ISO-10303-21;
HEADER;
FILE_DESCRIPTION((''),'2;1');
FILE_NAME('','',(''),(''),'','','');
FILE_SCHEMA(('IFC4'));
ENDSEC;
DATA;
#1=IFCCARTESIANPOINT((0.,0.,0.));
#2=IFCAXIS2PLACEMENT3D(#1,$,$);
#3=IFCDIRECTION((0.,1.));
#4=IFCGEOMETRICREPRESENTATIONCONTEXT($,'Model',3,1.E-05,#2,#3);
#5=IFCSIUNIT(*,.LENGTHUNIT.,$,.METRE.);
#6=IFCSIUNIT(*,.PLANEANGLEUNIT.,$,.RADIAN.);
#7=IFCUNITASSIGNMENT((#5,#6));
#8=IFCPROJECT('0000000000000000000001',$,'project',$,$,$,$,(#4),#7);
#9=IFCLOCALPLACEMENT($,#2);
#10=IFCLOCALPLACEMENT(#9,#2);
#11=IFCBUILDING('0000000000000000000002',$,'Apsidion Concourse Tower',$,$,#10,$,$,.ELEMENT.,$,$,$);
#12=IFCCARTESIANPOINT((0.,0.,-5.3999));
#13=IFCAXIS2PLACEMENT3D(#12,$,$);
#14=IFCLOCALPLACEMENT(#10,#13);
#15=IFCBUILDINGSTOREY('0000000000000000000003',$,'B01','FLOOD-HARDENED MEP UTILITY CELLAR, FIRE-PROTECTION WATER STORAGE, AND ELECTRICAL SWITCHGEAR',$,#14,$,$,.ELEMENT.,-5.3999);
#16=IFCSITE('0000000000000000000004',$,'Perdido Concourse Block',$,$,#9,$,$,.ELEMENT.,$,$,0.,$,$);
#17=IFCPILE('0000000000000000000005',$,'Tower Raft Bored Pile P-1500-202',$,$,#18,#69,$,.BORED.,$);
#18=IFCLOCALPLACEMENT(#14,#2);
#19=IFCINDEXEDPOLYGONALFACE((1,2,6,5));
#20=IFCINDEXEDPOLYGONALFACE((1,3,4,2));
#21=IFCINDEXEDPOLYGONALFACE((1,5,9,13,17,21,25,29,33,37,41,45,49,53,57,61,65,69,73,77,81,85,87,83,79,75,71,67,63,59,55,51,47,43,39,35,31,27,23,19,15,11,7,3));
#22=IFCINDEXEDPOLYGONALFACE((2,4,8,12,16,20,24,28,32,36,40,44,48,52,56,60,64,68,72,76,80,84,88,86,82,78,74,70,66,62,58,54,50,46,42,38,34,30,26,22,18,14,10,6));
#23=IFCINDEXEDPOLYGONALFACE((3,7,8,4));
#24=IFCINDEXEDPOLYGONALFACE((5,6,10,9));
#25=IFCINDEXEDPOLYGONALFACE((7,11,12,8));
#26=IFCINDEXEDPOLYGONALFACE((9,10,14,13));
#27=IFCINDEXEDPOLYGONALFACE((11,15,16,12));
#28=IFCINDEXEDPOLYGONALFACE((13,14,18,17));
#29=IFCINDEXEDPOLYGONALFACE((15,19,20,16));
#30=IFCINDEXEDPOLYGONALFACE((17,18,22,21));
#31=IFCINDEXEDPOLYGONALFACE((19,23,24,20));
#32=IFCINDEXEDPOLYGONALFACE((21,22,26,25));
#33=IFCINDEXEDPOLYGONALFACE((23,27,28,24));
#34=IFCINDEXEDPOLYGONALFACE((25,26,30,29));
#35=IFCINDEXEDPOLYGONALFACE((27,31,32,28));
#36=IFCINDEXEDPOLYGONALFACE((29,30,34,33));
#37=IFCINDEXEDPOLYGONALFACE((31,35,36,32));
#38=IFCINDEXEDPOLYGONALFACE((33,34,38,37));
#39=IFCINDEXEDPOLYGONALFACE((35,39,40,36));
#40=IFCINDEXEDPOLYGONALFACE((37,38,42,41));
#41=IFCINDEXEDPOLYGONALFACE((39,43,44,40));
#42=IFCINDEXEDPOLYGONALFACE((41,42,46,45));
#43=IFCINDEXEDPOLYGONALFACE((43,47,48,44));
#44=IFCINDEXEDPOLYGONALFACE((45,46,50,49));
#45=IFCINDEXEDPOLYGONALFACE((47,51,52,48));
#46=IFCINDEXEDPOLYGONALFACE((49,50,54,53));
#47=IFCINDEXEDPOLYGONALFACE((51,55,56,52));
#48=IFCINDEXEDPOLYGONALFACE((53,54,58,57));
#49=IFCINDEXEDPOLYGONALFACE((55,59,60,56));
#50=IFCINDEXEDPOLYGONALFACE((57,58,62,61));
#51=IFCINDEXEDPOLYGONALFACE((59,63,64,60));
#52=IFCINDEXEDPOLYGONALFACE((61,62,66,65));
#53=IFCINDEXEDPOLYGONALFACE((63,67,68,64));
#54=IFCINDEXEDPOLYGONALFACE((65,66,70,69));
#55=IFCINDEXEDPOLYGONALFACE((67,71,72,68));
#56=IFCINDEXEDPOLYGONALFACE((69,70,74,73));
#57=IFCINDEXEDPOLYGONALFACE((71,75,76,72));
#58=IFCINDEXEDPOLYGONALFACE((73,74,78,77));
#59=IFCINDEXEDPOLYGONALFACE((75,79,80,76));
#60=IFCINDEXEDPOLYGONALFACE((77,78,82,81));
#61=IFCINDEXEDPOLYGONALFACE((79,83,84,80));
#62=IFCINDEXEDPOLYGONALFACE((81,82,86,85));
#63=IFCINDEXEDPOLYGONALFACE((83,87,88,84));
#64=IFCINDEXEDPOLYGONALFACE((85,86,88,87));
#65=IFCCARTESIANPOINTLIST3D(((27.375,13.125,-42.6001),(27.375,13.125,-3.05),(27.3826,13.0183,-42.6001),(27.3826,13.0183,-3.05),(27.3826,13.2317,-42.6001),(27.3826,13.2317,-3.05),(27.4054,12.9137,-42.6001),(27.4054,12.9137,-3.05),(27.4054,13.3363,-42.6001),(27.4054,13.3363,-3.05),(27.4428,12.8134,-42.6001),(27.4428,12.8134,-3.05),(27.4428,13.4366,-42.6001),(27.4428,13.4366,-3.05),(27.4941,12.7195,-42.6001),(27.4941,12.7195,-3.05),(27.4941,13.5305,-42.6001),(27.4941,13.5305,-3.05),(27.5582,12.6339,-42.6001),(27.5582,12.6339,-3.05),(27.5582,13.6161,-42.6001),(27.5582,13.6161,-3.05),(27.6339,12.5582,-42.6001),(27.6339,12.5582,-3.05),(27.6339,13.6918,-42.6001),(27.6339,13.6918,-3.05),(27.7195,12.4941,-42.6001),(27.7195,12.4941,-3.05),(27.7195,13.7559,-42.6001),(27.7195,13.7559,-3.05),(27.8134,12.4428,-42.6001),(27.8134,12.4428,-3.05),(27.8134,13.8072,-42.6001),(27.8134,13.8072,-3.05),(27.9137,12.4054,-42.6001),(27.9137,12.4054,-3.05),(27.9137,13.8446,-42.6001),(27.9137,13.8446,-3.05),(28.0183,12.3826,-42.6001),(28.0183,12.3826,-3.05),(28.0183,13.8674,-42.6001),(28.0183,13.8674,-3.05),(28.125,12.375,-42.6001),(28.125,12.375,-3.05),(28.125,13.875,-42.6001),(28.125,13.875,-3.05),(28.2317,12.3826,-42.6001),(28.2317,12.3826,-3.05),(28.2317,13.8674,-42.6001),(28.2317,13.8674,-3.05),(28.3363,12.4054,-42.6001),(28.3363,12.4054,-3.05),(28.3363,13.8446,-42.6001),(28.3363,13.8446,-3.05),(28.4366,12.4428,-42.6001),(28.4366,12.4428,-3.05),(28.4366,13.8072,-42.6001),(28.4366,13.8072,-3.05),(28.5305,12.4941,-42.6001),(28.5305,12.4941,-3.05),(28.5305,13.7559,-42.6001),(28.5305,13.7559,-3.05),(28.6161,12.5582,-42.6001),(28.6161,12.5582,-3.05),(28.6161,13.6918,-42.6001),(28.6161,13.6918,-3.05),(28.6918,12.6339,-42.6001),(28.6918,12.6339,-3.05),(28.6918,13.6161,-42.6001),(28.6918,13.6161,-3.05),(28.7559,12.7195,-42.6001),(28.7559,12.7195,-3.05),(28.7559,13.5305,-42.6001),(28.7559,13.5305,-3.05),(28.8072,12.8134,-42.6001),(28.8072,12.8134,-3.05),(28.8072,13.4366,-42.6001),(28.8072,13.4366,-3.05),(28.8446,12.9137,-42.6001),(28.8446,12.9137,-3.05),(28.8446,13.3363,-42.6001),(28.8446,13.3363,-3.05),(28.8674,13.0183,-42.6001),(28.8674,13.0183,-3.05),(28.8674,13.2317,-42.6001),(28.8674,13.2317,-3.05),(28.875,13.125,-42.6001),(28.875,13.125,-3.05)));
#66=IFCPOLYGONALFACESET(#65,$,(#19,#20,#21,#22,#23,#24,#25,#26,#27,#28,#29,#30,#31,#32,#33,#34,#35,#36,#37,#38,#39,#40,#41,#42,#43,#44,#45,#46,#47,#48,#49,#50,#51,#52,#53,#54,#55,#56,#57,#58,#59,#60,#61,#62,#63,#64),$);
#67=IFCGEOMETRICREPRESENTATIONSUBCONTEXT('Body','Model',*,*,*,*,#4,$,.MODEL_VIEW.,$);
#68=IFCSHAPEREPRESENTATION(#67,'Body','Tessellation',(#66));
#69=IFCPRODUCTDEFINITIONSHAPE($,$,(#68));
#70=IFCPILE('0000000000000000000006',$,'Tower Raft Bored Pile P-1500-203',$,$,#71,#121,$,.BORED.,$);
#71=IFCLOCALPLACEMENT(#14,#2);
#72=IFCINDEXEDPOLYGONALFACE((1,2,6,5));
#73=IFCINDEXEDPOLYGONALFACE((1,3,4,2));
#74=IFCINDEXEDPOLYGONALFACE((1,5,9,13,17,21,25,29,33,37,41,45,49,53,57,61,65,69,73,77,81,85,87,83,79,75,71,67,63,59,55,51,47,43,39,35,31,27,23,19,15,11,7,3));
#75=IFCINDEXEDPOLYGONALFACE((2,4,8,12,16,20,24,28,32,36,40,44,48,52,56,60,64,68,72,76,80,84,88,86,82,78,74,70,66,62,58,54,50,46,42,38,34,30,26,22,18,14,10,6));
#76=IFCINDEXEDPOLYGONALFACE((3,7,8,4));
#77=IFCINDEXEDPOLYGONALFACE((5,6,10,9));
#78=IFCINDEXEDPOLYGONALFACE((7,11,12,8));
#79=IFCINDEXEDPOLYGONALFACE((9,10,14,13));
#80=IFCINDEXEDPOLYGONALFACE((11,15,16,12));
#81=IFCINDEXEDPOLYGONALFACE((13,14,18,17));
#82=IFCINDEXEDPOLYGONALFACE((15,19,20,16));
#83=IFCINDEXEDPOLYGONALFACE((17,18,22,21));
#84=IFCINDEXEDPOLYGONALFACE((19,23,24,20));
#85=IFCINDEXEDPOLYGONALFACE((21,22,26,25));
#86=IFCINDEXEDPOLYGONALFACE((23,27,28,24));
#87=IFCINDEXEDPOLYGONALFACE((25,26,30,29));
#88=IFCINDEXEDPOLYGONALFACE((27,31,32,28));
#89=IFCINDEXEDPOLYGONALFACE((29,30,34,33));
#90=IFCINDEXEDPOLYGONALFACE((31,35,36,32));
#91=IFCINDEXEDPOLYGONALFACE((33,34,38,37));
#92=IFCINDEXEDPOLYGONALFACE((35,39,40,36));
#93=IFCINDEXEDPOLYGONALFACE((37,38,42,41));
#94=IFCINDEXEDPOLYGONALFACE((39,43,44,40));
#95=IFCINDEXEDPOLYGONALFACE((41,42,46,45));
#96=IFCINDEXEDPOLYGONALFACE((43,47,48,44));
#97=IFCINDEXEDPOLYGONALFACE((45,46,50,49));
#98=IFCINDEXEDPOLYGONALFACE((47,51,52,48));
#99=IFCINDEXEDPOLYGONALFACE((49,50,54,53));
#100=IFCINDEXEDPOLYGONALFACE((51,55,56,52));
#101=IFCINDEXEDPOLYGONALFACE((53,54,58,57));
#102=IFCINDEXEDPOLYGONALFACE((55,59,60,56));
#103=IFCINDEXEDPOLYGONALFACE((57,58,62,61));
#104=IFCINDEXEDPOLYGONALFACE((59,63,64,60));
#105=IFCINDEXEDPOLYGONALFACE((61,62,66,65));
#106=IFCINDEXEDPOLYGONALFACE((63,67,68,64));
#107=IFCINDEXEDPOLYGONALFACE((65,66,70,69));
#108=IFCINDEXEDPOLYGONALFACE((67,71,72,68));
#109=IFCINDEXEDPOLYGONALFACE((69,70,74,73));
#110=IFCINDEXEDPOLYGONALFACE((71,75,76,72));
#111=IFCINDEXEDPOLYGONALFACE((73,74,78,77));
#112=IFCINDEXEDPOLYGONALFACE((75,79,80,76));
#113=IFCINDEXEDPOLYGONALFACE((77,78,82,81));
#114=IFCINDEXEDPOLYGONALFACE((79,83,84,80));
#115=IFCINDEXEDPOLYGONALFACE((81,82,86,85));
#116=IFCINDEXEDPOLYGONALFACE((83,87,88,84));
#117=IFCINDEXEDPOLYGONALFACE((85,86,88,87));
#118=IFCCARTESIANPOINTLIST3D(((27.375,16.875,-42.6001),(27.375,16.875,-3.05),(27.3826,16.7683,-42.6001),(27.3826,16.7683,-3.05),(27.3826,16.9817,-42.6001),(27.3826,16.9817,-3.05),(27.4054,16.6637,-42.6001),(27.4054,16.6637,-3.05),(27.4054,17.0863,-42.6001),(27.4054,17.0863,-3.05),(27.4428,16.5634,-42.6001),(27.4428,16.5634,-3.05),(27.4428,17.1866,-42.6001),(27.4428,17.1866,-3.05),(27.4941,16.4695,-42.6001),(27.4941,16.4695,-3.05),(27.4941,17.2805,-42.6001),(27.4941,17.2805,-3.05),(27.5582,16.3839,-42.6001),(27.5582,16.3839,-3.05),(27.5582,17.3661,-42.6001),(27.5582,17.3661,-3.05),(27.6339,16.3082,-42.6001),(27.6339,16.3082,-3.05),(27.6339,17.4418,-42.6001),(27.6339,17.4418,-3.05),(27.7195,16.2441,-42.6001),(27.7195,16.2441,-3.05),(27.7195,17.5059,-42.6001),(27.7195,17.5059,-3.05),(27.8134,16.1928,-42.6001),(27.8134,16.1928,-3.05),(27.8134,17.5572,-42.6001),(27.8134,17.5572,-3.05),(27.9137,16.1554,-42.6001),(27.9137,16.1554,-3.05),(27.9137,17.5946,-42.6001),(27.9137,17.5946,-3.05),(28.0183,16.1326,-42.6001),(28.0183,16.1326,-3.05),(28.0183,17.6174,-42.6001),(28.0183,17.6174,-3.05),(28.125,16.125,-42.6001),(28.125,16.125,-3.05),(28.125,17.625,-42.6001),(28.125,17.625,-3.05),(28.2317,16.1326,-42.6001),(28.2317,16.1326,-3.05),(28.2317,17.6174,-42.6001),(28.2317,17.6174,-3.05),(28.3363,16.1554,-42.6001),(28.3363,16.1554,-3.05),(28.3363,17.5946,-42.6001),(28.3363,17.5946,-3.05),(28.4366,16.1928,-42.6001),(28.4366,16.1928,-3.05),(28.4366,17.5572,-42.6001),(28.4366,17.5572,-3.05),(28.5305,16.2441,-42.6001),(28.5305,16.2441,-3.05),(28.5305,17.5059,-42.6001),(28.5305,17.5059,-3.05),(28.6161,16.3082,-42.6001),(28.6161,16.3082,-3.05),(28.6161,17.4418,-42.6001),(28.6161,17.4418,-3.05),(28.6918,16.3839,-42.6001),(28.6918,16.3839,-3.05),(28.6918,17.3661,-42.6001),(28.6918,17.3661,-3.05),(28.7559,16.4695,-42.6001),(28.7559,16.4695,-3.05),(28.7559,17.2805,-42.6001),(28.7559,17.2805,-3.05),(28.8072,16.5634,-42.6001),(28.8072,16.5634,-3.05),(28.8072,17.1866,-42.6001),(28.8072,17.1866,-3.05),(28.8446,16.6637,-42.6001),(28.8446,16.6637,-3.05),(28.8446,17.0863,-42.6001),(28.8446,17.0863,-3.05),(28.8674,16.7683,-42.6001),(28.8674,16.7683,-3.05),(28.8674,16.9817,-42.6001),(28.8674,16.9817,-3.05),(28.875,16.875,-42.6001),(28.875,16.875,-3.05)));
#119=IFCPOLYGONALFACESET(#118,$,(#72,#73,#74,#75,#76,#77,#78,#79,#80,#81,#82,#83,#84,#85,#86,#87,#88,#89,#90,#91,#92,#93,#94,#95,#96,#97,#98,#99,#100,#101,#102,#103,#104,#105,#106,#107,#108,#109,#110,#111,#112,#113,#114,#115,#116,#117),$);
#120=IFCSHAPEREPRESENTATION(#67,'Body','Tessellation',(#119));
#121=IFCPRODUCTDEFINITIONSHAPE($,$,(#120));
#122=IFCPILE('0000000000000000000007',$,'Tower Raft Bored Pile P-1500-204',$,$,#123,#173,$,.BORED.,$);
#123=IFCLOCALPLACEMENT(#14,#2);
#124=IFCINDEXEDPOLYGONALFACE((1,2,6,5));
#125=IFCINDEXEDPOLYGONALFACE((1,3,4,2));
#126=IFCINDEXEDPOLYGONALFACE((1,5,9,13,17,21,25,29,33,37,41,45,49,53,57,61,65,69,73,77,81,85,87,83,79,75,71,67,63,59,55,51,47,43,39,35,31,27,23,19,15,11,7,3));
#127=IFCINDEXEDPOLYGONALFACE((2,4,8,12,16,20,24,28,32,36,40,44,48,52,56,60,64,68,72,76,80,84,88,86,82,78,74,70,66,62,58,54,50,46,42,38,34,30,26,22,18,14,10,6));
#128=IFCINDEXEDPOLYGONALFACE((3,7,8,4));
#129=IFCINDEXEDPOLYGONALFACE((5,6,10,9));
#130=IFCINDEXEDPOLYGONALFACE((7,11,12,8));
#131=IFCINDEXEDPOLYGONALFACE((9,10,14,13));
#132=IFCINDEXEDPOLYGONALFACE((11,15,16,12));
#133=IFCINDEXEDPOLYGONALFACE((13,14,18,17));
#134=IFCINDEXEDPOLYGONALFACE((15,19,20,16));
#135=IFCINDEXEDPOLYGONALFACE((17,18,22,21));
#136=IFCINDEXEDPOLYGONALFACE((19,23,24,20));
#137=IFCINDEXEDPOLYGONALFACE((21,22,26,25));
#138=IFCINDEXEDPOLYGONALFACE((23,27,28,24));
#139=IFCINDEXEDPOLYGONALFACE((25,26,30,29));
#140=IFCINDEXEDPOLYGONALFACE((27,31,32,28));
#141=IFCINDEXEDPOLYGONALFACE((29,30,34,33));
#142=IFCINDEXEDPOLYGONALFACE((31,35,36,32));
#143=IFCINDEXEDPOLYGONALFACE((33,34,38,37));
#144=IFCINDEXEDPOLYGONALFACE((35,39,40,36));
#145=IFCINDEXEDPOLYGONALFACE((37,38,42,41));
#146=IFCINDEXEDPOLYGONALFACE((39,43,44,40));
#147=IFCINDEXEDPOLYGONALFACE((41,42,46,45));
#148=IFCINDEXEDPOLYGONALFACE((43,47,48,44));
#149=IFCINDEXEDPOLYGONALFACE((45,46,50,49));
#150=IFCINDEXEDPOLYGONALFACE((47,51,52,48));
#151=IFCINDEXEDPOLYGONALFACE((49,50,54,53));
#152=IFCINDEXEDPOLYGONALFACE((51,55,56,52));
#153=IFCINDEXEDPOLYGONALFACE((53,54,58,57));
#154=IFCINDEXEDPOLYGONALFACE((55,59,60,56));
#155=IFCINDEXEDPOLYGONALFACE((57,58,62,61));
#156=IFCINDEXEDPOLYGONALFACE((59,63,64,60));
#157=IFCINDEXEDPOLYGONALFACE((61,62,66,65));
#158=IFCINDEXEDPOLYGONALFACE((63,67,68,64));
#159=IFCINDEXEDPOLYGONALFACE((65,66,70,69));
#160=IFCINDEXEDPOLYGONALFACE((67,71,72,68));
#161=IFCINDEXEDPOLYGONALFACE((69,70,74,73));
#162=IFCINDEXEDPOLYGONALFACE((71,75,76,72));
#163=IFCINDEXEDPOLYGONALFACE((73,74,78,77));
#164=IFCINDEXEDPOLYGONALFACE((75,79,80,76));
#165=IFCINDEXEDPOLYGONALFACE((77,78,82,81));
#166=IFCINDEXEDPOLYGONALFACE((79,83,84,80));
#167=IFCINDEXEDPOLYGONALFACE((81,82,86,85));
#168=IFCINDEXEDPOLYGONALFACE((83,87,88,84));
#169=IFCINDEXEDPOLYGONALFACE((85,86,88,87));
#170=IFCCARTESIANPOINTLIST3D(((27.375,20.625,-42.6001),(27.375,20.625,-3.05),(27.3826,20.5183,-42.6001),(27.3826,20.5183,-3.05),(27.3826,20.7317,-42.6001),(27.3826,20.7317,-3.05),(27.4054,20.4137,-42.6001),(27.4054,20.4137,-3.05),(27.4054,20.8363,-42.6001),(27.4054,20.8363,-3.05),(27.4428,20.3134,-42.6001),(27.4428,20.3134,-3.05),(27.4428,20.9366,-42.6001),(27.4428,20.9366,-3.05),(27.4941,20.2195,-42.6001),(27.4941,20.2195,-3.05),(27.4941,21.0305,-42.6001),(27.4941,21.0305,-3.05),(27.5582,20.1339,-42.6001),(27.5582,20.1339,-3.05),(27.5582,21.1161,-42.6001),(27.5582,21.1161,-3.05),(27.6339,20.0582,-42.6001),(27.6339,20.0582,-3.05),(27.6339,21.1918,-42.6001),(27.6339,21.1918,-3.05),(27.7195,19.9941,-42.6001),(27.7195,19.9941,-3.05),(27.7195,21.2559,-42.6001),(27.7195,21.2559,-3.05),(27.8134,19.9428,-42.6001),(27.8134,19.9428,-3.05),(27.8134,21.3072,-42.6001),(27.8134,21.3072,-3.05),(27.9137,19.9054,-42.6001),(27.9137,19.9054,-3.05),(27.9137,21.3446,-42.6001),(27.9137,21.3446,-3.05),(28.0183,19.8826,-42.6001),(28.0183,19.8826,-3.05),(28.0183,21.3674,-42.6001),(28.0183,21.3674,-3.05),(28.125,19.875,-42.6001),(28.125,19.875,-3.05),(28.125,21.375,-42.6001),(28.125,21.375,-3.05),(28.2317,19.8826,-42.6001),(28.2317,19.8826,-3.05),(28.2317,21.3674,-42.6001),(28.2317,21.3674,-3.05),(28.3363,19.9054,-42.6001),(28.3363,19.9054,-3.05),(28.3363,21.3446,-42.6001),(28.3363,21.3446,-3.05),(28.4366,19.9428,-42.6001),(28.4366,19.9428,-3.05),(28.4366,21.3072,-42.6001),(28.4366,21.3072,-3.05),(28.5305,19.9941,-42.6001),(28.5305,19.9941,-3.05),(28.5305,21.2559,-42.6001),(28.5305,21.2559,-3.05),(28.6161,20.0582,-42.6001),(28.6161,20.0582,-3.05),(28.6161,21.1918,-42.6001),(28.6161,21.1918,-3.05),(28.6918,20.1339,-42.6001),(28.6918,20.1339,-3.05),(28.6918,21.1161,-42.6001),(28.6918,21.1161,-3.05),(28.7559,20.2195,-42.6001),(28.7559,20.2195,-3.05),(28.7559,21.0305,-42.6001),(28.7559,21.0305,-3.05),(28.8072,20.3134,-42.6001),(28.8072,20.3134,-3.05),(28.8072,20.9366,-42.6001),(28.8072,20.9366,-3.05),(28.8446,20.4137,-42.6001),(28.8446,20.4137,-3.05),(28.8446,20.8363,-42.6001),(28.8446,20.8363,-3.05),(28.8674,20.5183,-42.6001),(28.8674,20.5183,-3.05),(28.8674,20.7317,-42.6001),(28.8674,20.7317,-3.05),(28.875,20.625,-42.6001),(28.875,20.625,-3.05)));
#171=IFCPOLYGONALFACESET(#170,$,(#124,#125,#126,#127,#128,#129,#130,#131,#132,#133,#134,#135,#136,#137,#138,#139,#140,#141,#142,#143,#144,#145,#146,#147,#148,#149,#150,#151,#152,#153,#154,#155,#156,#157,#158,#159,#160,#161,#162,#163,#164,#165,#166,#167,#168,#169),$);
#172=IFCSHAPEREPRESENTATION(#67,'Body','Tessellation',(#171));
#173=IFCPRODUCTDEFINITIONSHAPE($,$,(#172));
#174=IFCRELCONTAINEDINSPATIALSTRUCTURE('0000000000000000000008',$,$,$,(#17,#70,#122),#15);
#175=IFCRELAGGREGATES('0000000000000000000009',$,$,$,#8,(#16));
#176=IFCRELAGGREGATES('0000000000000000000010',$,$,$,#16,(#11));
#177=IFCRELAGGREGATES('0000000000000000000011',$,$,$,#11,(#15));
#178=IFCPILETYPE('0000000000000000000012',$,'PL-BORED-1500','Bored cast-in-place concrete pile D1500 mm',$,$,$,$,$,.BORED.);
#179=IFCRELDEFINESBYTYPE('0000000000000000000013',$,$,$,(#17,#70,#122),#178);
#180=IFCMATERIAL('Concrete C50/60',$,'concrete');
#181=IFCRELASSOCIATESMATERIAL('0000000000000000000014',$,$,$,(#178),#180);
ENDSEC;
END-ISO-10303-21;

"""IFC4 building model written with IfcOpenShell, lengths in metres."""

from ifc_helpers import new_model, si_unit, direction, frame, origin, origin_2d, place, context, subcontext, project, spatial, circle, extrude, material, material_profile, profile_set, type_object, element, save


model = new_model("IFC4")

# Units and contexts
model_context = context("Model", 3, precision=1e-05, world=origin(), true_north=direction((0.0, 1.0)))
body_context = subcontext(model_context, "Body", "Model", "MODEL_VIEW")
ifc_project = project(units=[si_unit("LENGTHUNIT", "METRE"), si_unit("PLANEANGLEUNIT", "RADIAN")], contexts=[model_context])

# Site, building, storey
site_placement = place(None, origin())
site = spatial("IfcSite", under=ifc_project, at=site_placement, Name="Perdido Concourse Block", CompositionType="ELEMENT", RefElevation=0.0)
building_placement = place(site_placement, origin())
building = spatial("IfcBuilding", under=site, at=building_placement, Name="Apsidion Concourse Tower", CompositionType="ELEMENT")
storey_placement = place(building_placement, frame((0.0, 0.0, -5.3999)))
storey = spatial("IfcBuildingStorey", under=building, at=storey_placement, Name="B01", Description="FLOOD-HARDENED MEP UTILITY CELLAR, FIRE-PROTECTION WATER STORAGE, AND ELECTRICAL SWITCHGEAR", CompositionType="ELEMENT", Elevation=-5.3999)

# Shared definitions
ifc_material_1 = material(Name="Concrete C50/60", Category="concrete")

# Piles
ifc_material_profile_1 = material_profile(ifc_material_1, circle(Radius=0.75, at=origin_2d()), Name="BORED PILE D1500")
ifc_profile_set_1 = profile_set([ifc_material_profile_1], Name="Concrete C50/60")
pile_type_1 = type_object("IfcPileType", Name="PL-BORED-1500", Description="Bored cast-in-place concrete pile D1500 mm", PredefinedType="BORED", material=ifc_profile_set_1)
for number, where, z_axis, x_axis, name in (
    (1, (28.125, 13.125, -3.05), (0.0, 0.0, -1.0), (1.0, 0.0, 0.0), "Tower Raft Bored Pile P-1500-202"),
    (2, (28.125, 16.875, -3.05), (0.0, 0.0, -1.0), (1.0, 0.0, 0.0), "Tower Raft Bored Pile P-1500-203"),
    (3, (28.125, 20.625, -3.05), (0.0, 0.0, -1.0), (1.0, 0.0, 0.0), "Tower Raft Bored Pile P-1500-204"),
):
    element("IfcPile", number, at=place(storey_placement, frame(where, z_axis=z_axis, x_axis=x_axis)), inside=storey, type_object=pile_type_1, Name=name, PredefinedType="BORED", context=body_context, shape_type="SweptSolid", body=[
        extrude(circle(Radius=0.75, at=origin_2d()), origin(), (0.0, 0.0, 1.0), 39.55),
    ])

save(model, "model.ifc")
